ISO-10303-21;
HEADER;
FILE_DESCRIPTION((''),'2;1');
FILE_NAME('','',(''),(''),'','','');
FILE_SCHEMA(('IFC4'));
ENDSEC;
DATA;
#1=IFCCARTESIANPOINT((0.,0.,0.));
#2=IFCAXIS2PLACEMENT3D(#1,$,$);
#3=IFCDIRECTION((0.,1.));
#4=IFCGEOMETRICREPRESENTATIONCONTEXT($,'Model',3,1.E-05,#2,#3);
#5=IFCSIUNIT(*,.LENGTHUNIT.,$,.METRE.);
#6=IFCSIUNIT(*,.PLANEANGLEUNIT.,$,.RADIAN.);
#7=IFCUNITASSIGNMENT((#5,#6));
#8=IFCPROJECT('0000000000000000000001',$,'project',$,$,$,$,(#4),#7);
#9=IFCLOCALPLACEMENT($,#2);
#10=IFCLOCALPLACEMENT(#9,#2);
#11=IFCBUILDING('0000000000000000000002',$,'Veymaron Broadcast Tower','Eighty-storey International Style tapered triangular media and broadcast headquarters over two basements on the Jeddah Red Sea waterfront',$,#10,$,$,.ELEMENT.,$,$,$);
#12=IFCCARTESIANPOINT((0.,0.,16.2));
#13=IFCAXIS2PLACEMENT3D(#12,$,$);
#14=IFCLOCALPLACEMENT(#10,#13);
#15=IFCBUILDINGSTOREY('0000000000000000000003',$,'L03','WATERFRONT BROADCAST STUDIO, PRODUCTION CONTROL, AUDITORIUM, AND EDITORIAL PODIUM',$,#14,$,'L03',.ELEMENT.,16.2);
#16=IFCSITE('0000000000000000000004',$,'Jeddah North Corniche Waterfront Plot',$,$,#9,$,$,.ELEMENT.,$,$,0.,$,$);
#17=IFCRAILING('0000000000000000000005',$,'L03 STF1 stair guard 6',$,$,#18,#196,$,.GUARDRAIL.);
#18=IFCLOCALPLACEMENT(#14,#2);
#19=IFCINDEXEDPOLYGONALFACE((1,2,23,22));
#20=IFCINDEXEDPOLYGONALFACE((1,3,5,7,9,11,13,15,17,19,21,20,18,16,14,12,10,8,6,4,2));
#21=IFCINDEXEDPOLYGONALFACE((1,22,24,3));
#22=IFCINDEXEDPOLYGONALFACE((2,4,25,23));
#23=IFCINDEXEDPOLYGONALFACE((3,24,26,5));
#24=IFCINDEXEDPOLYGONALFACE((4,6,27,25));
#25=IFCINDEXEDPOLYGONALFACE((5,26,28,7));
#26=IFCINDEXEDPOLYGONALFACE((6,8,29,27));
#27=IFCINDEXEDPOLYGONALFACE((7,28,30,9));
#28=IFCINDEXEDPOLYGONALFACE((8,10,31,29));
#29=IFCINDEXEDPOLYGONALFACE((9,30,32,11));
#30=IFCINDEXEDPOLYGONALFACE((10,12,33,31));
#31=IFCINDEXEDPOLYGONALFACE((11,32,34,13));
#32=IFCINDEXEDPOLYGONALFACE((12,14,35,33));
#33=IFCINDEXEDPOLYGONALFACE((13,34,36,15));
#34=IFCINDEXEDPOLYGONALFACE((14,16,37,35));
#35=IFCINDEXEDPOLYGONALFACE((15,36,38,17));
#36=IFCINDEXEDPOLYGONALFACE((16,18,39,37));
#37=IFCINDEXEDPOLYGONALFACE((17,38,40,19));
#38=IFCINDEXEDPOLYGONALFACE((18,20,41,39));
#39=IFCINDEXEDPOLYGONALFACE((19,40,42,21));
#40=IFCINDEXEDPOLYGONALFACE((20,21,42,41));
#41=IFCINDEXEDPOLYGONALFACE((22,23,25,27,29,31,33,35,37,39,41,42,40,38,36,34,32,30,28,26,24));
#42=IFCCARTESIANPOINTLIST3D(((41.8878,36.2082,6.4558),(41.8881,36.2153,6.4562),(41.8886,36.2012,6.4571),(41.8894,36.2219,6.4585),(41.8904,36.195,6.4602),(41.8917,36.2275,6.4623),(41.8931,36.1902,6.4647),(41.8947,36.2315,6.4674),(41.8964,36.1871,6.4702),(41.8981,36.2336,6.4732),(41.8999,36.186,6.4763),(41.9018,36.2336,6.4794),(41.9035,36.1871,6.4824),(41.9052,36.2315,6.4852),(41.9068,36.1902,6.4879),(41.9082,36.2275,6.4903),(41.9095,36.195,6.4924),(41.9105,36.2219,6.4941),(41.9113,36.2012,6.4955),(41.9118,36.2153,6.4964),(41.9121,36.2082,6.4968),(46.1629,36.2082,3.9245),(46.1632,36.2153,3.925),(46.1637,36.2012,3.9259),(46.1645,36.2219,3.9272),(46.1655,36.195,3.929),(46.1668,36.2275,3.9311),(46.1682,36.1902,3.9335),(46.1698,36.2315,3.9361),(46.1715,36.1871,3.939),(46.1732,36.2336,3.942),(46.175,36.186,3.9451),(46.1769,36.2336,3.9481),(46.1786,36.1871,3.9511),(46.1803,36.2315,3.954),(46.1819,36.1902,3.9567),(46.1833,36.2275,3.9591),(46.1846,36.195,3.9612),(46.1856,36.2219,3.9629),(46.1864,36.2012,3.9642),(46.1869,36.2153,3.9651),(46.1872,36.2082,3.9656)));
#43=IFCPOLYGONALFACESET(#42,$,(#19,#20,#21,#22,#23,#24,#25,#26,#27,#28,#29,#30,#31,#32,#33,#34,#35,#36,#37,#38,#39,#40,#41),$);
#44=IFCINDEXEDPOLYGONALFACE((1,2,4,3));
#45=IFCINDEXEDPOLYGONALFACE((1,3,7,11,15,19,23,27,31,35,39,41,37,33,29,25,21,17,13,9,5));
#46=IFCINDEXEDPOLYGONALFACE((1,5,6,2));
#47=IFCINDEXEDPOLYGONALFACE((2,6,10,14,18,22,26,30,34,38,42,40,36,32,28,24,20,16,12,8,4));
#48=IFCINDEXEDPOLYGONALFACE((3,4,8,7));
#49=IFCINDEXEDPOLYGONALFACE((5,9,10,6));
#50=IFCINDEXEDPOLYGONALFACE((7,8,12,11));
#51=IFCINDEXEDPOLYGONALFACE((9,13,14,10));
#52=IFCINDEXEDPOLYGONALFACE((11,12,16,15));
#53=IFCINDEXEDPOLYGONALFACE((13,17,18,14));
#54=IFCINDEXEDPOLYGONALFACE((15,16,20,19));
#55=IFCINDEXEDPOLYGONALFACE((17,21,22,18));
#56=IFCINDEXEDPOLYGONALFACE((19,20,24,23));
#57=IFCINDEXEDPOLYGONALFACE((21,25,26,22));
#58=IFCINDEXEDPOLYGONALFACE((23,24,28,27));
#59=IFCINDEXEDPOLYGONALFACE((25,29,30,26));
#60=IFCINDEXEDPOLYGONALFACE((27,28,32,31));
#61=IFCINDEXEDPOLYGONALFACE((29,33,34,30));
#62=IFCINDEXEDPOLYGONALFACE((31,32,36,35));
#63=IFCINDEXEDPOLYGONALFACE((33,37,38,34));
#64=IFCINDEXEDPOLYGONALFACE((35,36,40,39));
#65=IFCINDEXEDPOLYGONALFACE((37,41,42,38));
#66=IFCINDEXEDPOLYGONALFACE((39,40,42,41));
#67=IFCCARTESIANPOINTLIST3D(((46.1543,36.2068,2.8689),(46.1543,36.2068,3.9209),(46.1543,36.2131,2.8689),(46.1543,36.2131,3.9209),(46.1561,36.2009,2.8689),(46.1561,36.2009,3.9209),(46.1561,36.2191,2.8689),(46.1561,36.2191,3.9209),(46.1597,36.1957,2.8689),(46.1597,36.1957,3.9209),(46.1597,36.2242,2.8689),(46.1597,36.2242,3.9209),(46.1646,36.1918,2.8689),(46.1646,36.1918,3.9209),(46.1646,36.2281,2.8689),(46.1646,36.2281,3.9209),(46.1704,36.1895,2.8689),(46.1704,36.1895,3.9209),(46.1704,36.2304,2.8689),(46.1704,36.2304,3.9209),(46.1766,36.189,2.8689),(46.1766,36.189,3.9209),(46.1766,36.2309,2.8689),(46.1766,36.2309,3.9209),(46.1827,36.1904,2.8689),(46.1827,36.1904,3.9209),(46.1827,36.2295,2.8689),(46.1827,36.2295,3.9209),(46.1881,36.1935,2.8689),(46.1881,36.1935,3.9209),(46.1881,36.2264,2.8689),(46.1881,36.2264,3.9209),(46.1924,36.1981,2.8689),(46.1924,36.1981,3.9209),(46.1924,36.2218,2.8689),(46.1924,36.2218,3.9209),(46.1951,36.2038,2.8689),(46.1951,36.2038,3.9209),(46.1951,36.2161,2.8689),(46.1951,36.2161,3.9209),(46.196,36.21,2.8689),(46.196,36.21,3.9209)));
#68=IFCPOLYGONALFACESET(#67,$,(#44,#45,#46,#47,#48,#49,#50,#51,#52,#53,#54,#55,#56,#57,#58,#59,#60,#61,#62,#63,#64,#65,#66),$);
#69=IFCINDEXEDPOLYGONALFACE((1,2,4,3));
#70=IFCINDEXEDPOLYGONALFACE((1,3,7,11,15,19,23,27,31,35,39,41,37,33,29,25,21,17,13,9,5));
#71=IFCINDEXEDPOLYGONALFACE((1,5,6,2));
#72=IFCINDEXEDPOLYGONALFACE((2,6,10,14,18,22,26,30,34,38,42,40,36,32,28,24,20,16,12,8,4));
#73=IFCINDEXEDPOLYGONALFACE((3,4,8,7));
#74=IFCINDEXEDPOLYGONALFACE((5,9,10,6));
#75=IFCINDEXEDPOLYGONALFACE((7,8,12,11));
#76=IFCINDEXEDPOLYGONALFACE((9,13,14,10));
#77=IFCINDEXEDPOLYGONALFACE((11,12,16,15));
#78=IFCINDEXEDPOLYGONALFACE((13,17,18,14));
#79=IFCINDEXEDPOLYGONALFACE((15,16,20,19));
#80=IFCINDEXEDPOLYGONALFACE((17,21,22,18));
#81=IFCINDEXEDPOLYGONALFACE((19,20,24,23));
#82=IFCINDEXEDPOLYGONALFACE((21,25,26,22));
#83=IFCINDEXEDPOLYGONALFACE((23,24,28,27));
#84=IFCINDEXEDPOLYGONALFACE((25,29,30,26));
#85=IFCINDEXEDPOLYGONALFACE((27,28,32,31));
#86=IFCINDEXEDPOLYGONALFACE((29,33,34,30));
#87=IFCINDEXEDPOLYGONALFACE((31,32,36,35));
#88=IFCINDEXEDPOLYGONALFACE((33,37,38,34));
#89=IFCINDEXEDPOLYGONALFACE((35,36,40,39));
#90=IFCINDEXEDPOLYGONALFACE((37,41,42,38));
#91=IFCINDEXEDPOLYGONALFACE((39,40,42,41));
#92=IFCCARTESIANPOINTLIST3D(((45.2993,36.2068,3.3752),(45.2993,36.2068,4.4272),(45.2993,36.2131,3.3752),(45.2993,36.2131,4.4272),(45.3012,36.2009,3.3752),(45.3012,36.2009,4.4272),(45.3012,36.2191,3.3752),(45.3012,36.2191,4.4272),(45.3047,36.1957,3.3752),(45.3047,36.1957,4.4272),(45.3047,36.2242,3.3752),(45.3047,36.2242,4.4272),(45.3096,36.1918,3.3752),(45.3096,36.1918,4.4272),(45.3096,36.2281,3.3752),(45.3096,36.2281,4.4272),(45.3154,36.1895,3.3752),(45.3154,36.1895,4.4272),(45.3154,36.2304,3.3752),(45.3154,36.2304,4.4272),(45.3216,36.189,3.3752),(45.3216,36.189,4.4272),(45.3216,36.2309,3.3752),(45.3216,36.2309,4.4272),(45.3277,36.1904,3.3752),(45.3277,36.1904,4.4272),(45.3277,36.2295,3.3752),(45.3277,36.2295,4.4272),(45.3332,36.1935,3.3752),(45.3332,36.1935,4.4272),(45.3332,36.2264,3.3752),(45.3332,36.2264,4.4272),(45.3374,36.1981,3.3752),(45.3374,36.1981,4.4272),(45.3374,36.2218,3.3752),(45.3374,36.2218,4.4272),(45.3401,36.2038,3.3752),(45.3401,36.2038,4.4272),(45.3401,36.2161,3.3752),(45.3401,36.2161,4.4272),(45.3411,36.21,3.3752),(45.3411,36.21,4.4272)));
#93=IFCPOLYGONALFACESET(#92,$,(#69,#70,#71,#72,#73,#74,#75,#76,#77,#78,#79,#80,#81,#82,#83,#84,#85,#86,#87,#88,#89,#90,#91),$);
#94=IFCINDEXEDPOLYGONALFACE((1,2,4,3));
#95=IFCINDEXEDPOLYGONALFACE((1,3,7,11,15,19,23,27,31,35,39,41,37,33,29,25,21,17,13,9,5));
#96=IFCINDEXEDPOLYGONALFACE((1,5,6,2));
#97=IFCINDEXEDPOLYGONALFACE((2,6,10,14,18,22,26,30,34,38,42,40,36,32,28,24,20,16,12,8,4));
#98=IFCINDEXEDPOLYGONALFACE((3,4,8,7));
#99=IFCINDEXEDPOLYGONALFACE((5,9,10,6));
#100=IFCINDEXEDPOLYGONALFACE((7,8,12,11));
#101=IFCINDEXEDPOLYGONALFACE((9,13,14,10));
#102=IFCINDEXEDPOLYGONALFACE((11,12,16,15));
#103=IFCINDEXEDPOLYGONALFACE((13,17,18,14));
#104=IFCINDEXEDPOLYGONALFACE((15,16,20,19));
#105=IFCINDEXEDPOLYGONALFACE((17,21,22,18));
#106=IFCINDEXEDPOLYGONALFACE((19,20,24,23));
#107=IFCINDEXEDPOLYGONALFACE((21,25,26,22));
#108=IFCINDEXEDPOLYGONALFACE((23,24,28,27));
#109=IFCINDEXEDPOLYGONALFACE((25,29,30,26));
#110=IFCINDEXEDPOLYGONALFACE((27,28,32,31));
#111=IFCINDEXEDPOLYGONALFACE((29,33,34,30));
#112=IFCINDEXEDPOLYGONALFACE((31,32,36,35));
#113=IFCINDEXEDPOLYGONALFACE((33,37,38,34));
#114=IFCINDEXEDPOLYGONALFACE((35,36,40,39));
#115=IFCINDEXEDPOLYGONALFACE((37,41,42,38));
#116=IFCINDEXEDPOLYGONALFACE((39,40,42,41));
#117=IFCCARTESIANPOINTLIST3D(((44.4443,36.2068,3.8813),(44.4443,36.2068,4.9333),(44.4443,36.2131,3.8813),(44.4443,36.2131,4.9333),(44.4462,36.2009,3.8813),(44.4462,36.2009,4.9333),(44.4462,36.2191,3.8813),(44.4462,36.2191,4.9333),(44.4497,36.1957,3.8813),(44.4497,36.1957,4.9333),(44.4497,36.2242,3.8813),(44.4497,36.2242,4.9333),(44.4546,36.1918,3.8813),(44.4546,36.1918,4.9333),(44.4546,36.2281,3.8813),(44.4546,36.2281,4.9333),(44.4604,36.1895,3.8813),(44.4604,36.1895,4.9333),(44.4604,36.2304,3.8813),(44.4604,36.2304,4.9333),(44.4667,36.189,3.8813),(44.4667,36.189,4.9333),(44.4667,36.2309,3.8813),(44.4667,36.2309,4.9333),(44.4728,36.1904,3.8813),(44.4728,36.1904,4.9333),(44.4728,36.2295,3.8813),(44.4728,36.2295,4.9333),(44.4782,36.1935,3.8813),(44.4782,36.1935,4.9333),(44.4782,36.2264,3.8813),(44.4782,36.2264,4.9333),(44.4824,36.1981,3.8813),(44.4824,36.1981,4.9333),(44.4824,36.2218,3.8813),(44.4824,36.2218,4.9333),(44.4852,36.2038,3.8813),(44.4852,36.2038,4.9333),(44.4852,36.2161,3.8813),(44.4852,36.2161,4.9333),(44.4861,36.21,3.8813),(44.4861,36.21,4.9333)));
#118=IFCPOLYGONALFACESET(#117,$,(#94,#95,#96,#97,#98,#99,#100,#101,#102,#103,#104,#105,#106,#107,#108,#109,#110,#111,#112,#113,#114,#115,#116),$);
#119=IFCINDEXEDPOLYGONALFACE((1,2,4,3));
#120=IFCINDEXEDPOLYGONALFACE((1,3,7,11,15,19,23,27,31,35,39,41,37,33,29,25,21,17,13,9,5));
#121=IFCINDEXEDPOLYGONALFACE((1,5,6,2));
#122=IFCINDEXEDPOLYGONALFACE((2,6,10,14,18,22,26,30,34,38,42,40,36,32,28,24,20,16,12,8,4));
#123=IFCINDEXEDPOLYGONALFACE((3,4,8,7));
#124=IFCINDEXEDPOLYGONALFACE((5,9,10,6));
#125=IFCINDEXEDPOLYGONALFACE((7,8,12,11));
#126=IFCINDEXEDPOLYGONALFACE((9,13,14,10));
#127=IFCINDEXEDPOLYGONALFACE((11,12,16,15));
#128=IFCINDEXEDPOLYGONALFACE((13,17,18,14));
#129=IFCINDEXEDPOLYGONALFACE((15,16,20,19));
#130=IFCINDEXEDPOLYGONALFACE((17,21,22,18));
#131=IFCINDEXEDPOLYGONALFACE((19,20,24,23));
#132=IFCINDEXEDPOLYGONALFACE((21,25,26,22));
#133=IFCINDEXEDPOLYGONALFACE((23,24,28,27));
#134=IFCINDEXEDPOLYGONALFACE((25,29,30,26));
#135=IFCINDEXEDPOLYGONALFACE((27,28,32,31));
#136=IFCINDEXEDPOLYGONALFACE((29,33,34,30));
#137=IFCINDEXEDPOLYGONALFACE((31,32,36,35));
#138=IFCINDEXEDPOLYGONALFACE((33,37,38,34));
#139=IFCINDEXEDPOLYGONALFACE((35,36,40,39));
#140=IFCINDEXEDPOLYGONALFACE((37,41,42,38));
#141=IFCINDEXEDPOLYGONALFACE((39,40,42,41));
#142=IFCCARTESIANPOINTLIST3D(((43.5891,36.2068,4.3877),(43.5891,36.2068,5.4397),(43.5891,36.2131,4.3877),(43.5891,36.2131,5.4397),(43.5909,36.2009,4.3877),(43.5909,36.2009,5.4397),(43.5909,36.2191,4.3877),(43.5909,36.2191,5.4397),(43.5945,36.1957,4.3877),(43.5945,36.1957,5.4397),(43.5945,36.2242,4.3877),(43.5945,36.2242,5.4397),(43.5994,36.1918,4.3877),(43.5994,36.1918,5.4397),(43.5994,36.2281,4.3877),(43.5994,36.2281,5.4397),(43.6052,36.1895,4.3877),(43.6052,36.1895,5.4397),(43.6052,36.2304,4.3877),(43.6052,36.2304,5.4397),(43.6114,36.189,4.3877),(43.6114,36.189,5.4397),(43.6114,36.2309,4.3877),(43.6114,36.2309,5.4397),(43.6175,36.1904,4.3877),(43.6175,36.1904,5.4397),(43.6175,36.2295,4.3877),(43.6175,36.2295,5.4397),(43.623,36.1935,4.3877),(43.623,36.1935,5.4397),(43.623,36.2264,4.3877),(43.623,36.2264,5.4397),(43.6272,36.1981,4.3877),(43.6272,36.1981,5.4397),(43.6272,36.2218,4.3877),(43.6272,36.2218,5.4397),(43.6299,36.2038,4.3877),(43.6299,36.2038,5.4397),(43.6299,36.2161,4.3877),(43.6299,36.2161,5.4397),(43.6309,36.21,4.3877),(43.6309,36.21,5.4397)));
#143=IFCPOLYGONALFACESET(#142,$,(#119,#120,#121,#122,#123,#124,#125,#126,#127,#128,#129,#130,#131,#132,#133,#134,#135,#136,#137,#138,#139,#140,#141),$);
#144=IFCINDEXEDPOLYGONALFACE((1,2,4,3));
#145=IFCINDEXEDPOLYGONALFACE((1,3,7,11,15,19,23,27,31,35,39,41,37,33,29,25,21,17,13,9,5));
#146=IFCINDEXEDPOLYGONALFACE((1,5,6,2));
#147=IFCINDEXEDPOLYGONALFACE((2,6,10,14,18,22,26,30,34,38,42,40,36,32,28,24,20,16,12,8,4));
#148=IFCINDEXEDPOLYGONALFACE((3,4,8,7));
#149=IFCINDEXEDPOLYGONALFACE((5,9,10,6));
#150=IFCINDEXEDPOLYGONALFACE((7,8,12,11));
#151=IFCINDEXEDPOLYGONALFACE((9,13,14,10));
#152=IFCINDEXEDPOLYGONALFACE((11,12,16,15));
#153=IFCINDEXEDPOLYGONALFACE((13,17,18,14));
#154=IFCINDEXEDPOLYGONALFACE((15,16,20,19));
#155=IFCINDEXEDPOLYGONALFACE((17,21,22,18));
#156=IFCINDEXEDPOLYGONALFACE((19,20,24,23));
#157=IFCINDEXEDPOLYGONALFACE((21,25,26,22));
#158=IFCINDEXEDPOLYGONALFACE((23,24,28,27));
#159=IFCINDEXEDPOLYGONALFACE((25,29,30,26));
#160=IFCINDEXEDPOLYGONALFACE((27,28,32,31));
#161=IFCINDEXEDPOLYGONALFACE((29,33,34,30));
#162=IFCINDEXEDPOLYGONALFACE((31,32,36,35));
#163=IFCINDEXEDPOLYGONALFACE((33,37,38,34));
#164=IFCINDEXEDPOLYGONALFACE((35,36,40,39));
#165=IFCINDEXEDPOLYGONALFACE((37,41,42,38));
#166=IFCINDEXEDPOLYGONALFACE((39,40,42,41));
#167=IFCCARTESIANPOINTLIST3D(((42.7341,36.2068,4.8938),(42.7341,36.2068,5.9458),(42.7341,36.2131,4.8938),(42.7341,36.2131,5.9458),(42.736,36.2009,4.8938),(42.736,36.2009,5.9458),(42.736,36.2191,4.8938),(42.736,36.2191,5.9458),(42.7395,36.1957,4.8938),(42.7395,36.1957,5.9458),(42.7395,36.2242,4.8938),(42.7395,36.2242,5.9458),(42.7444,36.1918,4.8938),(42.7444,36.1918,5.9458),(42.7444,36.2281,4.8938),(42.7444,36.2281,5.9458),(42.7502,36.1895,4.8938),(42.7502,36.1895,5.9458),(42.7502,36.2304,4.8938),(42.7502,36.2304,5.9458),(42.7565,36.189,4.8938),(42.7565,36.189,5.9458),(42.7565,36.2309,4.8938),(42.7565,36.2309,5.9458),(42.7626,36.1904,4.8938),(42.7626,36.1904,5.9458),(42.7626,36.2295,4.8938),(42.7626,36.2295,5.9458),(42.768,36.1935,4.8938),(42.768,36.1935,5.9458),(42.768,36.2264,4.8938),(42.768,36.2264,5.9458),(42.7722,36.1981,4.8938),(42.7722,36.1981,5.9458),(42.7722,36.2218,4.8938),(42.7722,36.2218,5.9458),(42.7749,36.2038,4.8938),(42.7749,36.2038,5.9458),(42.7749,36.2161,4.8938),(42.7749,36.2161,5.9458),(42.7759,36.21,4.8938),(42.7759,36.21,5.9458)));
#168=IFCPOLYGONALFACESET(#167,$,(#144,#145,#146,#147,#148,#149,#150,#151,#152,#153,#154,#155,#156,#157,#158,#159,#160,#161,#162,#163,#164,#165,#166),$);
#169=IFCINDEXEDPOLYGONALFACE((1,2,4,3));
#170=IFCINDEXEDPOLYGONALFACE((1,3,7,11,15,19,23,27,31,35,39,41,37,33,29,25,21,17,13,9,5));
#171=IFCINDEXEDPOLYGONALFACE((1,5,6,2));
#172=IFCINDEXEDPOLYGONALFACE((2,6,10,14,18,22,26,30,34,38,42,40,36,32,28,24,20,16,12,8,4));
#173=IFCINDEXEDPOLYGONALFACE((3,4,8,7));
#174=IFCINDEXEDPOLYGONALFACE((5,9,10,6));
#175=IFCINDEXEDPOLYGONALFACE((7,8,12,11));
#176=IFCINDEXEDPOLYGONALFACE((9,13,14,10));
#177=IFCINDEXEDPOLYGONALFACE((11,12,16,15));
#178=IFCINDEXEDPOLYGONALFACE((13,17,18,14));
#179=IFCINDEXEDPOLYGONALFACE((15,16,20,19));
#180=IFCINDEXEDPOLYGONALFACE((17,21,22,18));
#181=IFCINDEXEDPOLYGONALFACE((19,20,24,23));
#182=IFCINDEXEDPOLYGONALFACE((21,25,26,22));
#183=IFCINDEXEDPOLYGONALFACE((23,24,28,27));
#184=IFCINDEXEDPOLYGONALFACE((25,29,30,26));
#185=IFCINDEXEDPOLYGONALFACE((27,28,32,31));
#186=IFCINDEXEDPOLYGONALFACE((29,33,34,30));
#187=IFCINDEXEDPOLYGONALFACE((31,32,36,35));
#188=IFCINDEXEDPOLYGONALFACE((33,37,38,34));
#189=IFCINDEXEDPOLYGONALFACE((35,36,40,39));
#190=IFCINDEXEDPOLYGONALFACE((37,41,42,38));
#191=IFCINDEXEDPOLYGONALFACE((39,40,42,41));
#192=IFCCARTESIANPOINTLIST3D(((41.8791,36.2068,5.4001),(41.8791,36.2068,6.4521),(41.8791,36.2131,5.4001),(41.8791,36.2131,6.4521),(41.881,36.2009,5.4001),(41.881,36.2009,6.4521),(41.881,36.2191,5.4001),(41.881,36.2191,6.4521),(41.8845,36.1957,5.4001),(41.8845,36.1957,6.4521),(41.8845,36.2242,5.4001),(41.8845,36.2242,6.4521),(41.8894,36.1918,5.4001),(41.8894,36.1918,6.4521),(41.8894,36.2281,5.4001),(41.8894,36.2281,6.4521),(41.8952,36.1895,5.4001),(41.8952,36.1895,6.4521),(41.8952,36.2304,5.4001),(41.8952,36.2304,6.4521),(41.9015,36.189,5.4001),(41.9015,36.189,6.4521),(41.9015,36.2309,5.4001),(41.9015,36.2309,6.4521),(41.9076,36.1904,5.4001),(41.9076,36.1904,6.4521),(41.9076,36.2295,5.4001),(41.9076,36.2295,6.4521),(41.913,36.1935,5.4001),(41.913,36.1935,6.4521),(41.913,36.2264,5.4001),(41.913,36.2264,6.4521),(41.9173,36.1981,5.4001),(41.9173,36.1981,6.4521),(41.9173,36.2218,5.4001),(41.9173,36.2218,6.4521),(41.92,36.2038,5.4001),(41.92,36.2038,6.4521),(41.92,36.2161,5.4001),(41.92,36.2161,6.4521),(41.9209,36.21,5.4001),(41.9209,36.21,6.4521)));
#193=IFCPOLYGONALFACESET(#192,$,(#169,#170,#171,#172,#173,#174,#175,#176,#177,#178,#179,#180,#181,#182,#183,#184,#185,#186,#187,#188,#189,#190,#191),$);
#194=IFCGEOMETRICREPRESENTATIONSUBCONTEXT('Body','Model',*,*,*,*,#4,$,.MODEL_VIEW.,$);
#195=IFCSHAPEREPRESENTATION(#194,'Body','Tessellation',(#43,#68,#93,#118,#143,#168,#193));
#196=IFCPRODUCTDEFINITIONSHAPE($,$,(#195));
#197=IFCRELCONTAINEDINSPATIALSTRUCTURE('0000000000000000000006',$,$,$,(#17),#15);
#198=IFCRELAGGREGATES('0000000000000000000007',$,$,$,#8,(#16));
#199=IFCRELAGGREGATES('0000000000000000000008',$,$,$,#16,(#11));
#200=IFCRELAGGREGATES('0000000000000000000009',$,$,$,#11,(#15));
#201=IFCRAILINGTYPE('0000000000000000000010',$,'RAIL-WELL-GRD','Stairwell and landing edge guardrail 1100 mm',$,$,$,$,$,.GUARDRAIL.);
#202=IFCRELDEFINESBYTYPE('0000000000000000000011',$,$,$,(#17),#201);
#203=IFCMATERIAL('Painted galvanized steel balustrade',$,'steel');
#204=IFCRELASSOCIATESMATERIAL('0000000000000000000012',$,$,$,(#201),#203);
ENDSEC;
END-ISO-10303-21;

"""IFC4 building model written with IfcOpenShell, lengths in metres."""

from ifc_helpers import new_model, si_unit, direction, frame, origin, origin_2d, place, context, subcontext, project, spatial, circle, extrude, material, type_object, element, save


model = new_model("IFC4")

# Units and contexts
model_context = context("Model", 3, precision=1e-05, world=origin(), true_north=direction((0.0, 1.0)))
body_context = subcontext(model_context, "Body", "Model", "MODEL_VIEW")
ifc_project = project(units=[si_unit("LENGTHUNIT", "METRE"), si_unit("PLANEANGLEUNIT", "RADIAN")], contexts=[model_context])

# Site, building, storey
site_placement = place(None, origin())
site = spatial("IfcSite", under=ifc_project, at=site_placement, Name="Jeddah North Corniche Waterfront Plot", CompositionType="ELEMENT", RefElevation=0.0)
building_placement = place(site_placement, origin())
building = spatial("IfcBuilding", under=site, at=building_placement, Name="Veymaron Broadcast Tower", Description="Eighty-storey International Style tapered triangular media and broadcast headquarters over two basements on the Jeddah Red Sea waterfront", CompositionType="ELEMENT")
storey_placement = place(building_placement, frame((0.0, 0.0, 16.2)))
storey = spatial("IfcBuildingStorey", under=building, at=storey_placement, Name="L03", Description="WATERFRONT BROADCAST STUDIO, PRODUCTION CONTROL, AUDITORIUM, AND EDITORIAL PODIUM", LongName="L03", CompositionType="ELEMENT", Elevation=16.2)

# Railing
ifc_material_1 = material(Name="Painted galvanized steel balustrade", Category="steel")
railing_type_1 = type_object("IfcRailingType", Name="RAIL-WELL-GRD", Description="Stairwell and landing edge guardrail 1100 mm", PredefinedType="GUARDRAIL", material=ifc_material_1)
railing_1_placement = place(storey_placement, frame((46.175, 36.21, 2.8689)))
element("IfcRailing", 1, at=railing_1_placement, inside=storey, type_object=railing_type_1, Name="L03 STF1 stair guard 6", PredefinedType="GUARDRAIL", context=body_context, shape_type="SweptSolid", body=[
    extrude(circle(Radius=0.0239, at=origin_2d()), frame((0.0, 0.0, 1.0762), z_axis=(-0.860483, 0.0, 0.509479), x_axis=(0.0, -1.0, 0.0)), (0.0, 0.0, 1.0), 4.9683),
    extrude(circle(Radius=0.021, at=origin_2d()), origin(), (0.0, 0.0, 1.0), 1.052),
    extrude(circle(Radius=0.021, at=origin_2d()), frame((-0.855, 0.0, 0.5063)), (0.0, 0.0, 1.0), 1.052),
    extrude(circle(Radius=0.021, at=origin_2d()), frame((-1.71, 0.0, 1.0125)), (0.0, 0.0, 1.0), 1.052),
    extrude(circle(Radius=0.021, at=origin_2d()), frame((-2.5652, 0.0, 1.5188)), (0.0, 0.0, 1.0), 1.052),
    extrude(circle(Radius=0.021, at=origin_2d()), frame((-3.4202, 0.0, 2.0249)), (0.0, 0.0, 1.0), 1.052),
    extrude(circle(Radius=0.021, at=origin_2d()), frame((-4.2751, 0.0, 2.5312)), (0.0, 0.0, 1.0), 1.052),
])

save(model, "model.ifc")
